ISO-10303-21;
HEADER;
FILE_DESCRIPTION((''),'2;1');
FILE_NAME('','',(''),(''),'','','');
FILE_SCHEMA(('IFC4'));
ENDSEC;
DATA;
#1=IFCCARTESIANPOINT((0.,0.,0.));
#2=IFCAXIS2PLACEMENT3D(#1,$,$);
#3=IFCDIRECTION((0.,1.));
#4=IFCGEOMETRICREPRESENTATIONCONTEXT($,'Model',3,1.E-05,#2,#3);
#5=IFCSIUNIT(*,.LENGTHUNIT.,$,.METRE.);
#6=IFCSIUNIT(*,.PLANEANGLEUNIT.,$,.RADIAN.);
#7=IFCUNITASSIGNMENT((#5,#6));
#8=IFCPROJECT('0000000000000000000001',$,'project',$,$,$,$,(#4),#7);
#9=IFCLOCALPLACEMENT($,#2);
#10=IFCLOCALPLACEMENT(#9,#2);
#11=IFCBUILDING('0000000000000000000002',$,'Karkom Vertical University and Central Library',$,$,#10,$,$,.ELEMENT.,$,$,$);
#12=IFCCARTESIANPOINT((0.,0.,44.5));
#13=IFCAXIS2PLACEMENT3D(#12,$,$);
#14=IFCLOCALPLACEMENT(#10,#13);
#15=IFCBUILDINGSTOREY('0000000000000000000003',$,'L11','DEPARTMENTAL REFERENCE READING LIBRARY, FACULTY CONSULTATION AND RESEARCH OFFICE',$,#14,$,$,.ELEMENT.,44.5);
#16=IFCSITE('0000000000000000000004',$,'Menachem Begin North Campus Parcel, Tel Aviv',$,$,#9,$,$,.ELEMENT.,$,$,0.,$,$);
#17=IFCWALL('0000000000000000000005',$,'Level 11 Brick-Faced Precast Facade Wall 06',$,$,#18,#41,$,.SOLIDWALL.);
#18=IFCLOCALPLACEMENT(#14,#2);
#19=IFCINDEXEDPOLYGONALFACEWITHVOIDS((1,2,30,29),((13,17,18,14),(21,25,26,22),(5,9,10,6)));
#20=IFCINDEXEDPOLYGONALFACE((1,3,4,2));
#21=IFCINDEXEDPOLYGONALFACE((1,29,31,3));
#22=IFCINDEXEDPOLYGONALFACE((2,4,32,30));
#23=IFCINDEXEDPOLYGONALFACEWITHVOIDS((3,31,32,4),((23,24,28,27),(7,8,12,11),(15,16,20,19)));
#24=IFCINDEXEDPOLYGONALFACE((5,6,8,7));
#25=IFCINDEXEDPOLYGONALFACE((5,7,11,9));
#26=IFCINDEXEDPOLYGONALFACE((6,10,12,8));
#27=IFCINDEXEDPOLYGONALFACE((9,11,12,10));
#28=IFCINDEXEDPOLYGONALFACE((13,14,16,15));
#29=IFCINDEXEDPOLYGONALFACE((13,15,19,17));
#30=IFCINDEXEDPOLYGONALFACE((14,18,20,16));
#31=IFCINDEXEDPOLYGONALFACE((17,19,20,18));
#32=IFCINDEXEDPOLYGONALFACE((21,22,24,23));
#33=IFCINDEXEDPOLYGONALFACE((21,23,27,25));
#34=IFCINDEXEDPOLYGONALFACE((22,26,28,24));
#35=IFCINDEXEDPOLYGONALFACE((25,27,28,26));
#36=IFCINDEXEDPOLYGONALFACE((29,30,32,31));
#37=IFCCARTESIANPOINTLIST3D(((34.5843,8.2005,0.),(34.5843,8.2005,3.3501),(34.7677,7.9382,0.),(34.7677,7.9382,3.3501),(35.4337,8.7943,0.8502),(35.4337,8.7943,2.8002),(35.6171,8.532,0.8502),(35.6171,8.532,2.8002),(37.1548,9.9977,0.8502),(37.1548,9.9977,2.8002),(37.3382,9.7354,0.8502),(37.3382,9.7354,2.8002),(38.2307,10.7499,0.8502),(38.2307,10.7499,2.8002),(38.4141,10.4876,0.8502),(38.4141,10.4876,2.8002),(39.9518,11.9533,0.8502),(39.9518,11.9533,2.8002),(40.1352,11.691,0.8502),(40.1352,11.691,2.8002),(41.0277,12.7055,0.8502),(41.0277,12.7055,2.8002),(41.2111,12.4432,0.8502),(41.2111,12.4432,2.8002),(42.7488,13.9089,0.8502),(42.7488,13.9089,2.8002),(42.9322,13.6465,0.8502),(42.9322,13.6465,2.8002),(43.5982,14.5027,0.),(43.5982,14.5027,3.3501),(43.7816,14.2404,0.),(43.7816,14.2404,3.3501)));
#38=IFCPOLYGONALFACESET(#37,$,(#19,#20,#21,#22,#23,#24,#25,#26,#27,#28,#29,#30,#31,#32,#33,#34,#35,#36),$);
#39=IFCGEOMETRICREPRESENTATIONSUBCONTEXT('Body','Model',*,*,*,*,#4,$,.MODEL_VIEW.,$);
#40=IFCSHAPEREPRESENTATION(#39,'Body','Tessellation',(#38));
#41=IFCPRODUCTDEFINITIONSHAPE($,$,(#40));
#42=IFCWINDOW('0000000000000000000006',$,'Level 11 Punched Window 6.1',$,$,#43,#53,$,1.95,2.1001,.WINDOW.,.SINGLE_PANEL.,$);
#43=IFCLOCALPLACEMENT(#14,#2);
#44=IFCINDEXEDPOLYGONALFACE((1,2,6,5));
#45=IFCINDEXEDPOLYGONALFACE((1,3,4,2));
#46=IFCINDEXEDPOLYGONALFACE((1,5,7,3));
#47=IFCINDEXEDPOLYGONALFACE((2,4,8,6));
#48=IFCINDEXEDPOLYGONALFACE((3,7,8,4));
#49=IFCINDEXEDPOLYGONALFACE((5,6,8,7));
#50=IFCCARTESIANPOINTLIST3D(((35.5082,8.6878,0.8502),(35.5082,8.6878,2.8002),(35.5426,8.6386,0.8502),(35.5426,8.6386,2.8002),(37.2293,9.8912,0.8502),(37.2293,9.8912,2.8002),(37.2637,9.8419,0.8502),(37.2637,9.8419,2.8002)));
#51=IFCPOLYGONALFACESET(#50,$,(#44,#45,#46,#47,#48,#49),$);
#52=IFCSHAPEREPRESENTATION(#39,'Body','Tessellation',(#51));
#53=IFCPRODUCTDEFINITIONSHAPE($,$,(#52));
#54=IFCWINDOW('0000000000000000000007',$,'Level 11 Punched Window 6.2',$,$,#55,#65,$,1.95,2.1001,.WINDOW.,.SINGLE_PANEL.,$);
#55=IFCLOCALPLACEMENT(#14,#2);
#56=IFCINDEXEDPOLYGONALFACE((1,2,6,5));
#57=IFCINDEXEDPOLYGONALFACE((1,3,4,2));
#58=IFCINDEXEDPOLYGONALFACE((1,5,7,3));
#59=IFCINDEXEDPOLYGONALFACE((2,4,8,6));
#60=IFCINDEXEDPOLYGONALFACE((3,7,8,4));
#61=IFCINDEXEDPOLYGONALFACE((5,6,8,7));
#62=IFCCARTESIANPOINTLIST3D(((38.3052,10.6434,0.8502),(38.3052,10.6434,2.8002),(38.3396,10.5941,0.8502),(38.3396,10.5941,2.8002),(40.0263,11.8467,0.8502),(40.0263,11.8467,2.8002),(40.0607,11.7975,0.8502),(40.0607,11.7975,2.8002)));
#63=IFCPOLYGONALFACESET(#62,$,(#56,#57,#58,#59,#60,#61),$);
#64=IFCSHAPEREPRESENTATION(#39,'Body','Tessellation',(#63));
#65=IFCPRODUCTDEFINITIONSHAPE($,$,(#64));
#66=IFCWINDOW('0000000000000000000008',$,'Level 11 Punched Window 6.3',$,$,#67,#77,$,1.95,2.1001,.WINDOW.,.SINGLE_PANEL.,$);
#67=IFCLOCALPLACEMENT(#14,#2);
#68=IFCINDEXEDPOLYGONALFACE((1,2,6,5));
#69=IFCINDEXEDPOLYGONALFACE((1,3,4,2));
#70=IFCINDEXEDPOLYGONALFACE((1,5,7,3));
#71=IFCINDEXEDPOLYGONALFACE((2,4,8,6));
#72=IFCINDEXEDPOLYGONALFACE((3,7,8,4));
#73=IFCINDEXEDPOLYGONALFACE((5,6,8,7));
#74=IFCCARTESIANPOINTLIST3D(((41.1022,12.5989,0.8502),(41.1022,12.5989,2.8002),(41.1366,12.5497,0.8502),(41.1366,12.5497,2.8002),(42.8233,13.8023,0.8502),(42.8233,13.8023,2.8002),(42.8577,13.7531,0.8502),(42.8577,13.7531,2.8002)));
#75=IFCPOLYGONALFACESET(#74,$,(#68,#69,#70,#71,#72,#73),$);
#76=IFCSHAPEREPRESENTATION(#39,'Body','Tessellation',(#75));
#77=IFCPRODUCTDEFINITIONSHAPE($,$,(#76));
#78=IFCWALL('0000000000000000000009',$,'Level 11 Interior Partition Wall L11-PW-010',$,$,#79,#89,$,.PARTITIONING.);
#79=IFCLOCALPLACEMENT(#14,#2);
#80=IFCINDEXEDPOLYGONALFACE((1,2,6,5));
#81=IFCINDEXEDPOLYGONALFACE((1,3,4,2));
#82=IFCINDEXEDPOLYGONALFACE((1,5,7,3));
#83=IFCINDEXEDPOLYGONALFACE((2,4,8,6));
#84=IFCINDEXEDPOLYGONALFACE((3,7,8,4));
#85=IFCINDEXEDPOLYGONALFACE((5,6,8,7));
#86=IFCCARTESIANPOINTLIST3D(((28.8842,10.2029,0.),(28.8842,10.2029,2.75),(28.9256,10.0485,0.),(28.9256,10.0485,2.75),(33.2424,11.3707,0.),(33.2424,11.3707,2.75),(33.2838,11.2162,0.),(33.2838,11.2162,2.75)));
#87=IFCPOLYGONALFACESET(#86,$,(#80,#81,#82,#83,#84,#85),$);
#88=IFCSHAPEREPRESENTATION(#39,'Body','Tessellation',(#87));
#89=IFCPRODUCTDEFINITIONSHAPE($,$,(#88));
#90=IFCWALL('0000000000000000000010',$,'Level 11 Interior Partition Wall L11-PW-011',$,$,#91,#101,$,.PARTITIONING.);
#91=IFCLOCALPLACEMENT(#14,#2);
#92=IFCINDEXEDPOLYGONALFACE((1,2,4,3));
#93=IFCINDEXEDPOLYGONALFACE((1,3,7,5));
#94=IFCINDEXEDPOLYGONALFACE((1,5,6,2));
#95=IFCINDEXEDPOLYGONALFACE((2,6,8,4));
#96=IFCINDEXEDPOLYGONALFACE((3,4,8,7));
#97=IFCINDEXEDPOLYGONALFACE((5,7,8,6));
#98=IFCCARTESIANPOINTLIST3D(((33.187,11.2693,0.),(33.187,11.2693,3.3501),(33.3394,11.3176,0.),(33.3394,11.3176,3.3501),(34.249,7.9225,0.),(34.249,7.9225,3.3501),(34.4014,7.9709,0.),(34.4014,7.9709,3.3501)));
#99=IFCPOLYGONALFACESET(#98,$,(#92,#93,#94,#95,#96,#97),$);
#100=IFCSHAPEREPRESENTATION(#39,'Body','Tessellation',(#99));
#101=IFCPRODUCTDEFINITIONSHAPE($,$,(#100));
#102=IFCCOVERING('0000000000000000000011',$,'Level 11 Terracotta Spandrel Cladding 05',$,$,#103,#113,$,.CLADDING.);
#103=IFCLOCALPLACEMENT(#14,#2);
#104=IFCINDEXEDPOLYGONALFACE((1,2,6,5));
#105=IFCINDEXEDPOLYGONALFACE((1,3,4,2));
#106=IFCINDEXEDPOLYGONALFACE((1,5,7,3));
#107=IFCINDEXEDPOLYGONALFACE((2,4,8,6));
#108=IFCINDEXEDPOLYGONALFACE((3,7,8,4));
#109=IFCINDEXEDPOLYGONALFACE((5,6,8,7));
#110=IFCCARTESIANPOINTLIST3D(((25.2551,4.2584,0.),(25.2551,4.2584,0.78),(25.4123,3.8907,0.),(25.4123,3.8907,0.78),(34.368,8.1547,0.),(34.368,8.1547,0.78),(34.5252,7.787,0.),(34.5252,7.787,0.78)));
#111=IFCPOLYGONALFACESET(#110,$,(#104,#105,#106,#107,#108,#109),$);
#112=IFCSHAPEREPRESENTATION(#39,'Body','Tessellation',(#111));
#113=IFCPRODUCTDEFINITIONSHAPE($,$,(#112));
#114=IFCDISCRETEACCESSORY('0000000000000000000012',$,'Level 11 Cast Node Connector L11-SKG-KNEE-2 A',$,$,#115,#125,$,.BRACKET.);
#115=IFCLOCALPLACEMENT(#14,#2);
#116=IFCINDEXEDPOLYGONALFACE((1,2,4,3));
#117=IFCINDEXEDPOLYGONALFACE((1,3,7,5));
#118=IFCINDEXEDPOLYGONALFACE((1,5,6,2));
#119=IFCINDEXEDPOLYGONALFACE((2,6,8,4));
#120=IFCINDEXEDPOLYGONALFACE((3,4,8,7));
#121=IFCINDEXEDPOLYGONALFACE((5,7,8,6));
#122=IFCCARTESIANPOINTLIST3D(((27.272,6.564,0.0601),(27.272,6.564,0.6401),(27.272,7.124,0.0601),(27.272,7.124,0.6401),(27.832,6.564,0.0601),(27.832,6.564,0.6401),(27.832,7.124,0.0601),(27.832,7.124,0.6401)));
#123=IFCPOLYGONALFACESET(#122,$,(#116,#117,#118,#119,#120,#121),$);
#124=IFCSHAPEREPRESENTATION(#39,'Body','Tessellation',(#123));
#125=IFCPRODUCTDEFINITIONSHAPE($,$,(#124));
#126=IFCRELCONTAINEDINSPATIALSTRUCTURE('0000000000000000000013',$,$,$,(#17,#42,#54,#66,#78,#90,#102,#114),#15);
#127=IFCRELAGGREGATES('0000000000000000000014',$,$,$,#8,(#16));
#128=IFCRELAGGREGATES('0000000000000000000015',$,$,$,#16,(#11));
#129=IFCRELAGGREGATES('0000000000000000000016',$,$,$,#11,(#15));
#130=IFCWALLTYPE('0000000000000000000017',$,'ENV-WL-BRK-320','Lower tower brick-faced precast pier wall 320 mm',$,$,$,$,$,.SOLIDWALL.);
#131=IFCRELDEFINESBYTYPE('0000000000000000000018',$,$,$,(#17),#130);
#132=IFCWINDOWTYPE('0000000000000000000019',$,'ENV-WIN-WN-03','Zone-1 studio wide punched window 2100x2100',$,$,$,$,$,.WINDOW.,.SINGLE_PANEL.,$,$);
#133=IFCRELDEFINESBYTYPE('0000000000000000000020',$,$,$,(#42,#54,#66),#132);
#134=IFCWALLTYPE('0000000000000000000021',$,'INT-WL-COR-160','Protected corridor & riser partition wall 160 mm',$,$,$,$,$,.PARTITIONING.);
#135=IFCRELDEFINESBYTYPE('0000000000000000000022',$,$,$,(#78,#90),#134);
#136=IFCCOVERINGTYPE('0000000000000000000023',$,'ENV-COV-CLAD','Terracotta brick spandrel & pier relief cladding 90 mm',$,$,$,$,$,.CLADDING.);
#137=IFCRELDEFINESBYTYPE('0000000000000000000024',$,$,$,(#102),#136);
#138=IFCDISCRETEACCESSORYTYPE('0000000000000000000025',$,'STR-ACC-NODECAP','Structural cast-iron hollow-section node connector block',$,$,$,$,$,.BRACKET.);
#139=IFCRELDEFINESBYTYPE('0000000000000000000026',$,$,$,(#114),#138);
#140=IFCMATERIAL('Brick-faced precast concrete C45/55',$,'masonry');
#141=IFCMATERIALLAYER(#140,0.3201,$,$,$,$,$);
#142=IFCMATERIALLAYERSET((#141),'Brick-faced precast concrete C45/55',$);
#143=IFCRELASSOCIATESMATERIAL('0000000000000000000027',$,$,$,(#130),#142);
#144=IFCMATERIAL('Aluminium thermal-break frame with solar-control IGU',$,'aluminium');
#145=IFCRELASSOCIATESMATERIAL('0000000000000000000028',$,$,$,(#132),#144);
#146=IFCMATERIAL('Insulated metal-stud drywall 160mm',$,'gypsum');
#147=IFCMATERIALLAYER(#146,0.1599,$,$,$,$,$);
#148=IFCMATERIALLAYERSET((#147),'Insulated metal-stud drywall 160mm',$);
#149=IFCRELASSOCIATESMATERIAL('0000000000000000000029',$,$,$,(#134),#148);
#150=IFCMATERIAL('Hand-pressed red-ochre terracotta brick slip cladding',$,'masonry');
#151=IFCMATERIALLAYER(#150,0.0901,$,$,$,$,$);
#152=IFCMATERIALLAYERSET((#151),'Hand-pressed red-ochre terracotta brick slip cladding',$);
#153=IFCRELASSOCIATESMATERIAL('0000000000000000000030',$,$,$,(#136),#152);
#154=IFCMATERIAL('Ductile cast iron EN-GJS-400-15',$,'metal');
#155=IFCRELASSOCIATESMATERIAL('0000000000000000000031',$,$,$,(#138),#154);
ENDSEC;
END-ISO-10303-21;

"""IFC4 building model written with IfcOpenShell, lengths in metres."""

from ifc_helpers import new_model, si_unit, direction, frame, frame_2d, origin, origin_with_axes, origin_2d, place, context, subcontext, project, spatial, rectangle, extrude, source, transform, mapped, material, layer, layer_set, type_object, element, fill, save


model = new_model("IFC4")

# Units and contexts
model_context = context("Model", 3, precision=1e-05, world=origin(), true_north=direction((0.0, 1.0)))
body_context = subcontext(model_context, "Body", "Model", "MODEL_VIEW")
ifc_project = project(units=[si_unit("LENGTHUNIT", "METRE"), si_unit("PLANEANGLEUNIT", "RADIAN")], contexts=[model_context])

# Site, building, storey
site_placement = place(None, origin())
site = spatial("IfcSite", under=ifc_project, at=site_placement, Name="Menachem Begin North Campus Parcel, Tel Aviv", CompositionType="ELEMENT", RefElevation=0.0)
building_placement = place(site_placement, origin())
building = spatial("IfcBuilding", under=site, at=building_placement, Name="Karkom Vertical University and Central Library", CompositionType="ELEMENT")
storey_placement = place(building_placement, frame((0.0, 0.0, 44.5)))
storey = spatial("IfcBuildingStorey", under=building, at=storey_placement, Name="L11", Description="DEPARTMENTAL REFERENCE READING LIBRARY, FACULTY CONSULTATION AND RESEARCH OFFICE", CompositionType="ELEMENT", Elevation=44.5)

# Wall, openings, windows
ifc_material_1 = material(Name="Brick-faced precast concrete C45/55", Category="masonry")
ifc_layer_1 = layer(ifc_material_1, 0.3201)
ifc_layer_set_1 = layer_set([ifc_layer_1], Name="Brick-faced precast concrete C45/55")
wall_type_1 = type_object("IfcWallType", Name="ENV-WL-BRK-320", Description="Lower tower brick-faced precast pier wall 320 mm", PredefinedType="SOLIDWALL", material=ifc_layer_set_1)
wall_1_placement = place(storey_placement, frame((34.676, 8.0693, 0.0), z_axis=(0.0, 0.0, 1.0), x_axis=(0.819552, 0.573005, 0.0)))
wall_1 = element("IfcWall", 1, at=wall_1_placement, inside=storey, type_object=wall_type_1, Name="Level 11 Brick-Faced Precast Facade Wall 06", PredefinedType="SOLIDWALL", context=body_context, shape_type="SweptSolid", body=[
    extrude(rectangle(XDim=10.9985, YDim=0.3201, at=frame_2d((5.4993, 0.0))), origin(), (0.0, 0.0, 1.0), 3.3501),
])
opening_1_placement = place(wall_1_placement, frame((1.0364, 0.0, 0.8501)))
opening_1 = element("IfcOpeningElement", 2, at=opening_1_placement, cuts=wall_1, PredefinedType="OPENING", context=body_context, shape_type="SweptSolid", body=[
    extrude(rectangle(XDim=2.1001, YDim=1.95, at=frame_2d((1.05, 0.9751))), frame((0.0, 0.1699, 0.0), z_axis=(0.0, -1.0, 0.0), x_axis=(1.0, 0.0, 0.0)), (0.0, 0.0, 1.0), 0.3401),
])
opening_2_placement = place(wall_1_placement, frame((4.4492, 0.0, 0.8501)))
opening_2 = element("IfcOpeningElement", 3, at=opening_2_placement, cuts=wall_1, PredefinedType="OPENING", context=body_context, shape_type="SweptSolid", body=[
    extrude(rectangle(XDim=2.1001, YDim=1.95, at=frame_2d((1.05, 0.9751))), frame((0.0, 0.1699, 0.0), z_axis=(0.0, -1.0, 0.0), x_axis=(1.0, 0.0, 0.0)), (0.0, 0.0, 1.0), 0.3401),
])
opening_3_placement = place(wall_1_placement, frame((7.8621, 0.0, 0.8501)))
opening_3 = element("IfcOpeningElement", 4, at=opening_3_placement, cuts=wall_1, PredefinedType="OPENING", context=body_context, shape_type="SweptSolid", body=[
    extrude(rectangle(XDim=2.1001, YDim=1.95, at=frame_2d((1.05, 0.9751))), frame((0.0, 0.1699, 0.0), z_axis=(0.0, -1.0, 0.0), x_axis=(1.0, 0.0, 0.0)), (0.0, 0.0, 1.0), 0.3401),
])
ifc_material_2 = material(Name="Aluminium thermal-break frame with solar-control IGU", Category="aluminium")
window_type = type_object("IfcWindowType", Name="ENV-WIN-WN-03", Description="Zone-1 studio wide punched window 2100x2100", PartitioningType="SINGLE_PANEL", PredefinedType="WINDOW", material=ifc_material_2)
shared_shape_1 = source(origin_with_axes(), body_context, "Body", "SweptSolid", [
    extrude(rectangle(XDim=2.1001, YDim=1.95, at=frame_2d((1.05, 0.9751))), frame((0.0, 0.03, 0.0), z_axis=(0.0, -1.0, 0.0), x_axis=(1.0, 0.0, 0.0)), (0.0, 0.0, 1.0), 0.0601),
])
window_1_placement = place(opening_1_placement, origin())
window_1 = element("IfcWindow", 5, at=window_1_placement, inside=storey, type_object=window_type, Name="Level 11 Punched Window 6.1", OverallHeight=1.95, OverallWidth=2.1001, PartitioningType="SINGLE_PANEL", PredefinedType="WINDOW", context=body_context, shape_type="MappedRepresentation", body=[
    mapped(shared_shape_1, transform((0.0, 0.0, 0.0), scale=1.0)),
])
fill(opening_1, window_1)
window_2_placement = place(opening_2_placement, origin())
window_2 = element("IfcWindow", 6, at=window_2_placement, inside=storey, type_object=window_type, Name="Level 11 Punched Window 6.2", OverallHeight=1.95, OverallWidth=2.1001, PartitioningType="SINGLE_PANEL", PredefinedType="WINDOW", context=body_context, shape_type="MappedRepresentation", body=[
    mapped(shared_shape_1, transform((0.0, 0.0, 0.0), scale=1.0)),
])
fill(opening_2, window_2)
window_3_placement = place(opening_3_placement, origin())
window_3 = element("IfcWindow", 7, at=window_3_placement, inside=storey, type_object=window_type, Name="Level 11 Punched Window 6.3", OverallHeight=1.95, OverallWidth=2.1001, PartitioningType="SINGLE_PANEL", PredefinedType="WINDOW", context=body_context, shape_type="MappedRepresentation", body=[
    mapped(shared_shape_1, transform((0.0, 0.0, 0.0), scale=1.0)),
])
fill(opening_3, window_3)

# Walls
ifc_material_3 = material(Name="Insulated metal-stud drywall 160mm", Category="gypsum")
ifc_layer_2 = layer(ifc_material_3, 0.1599)
ifc_layer_set_2 = layer_set([ifc_layer_2], Name="Insulated metal-stud drywall 160mm")
wall_type_2 = type_object("IfcWallType", Name="INT-WL-COR-160", Description="Protected corridor & riser partition wall 160 mm", PredefinedType="PARTITIONING", material=ifc_layer_set_2)
wall_2_placement = place(storey_placement, frame((28.905, 10.1257, 0.0), z_axis=(0.0, 0.0, 1.0), x_axis=(0.965928, 0.258811, 0.0)))
element("IfcWall", 8, at=wall_2_placement, inside=storey, type_object=wall_type_2, Name="Level 11 Interior Partition Wall L11-PW-010", PredefinedType="PARTITIONING", context=body_context, shape_type="SweptSolid", body=[
    extrude(rectangle(XDim=4.512, YDim=0.1599, at=frame_2d((2.2559, 0.0))), origin(), (0.0, 0.0, 1.0), 2.75),
])
wall_3_placement = place(storey_placement, frame((33.2632, 11.2935, 0.0), z_axis=(0.0, 0.0, 1.0), x_axis=(0.302469, -0.953159, 0.0)))
element("IfcWall", 9, at=wall_3_placement, inside=storey, type_object=wall_type_2, Name="Level 11 Interior Partition Wall L11-PW-011", PredefinedType="PARTITIONING", context=body_context, shape_type="SweptSolid", body=[
    extrude(rectangle(XDim=3.5112, YDim=0.1599, at=frame_2d((1.7556, 0.0))), origin(), (0.0, 0.0, 1.0), 3.3501),
])

# Covering
ifc_material_4 = material(Name="Hand-pressed red-ochre terracotta brick slip cladding", Category="masonry")
ifc_layer_3 = layer(ifc_material_4, 0.0901)
ifc_layer_set_3 = layer_set([ifc_layer_3], Name="Hand-pressed red-ochre terracotta brick slip cladding")
covering_type = type_object("IfcCoveringType", Name="ENV-COV-CLAD", Description="Terracotta brick spandrel & pier relief cladding 90 mm", PredefinedType="CLADDING", material=ifc_layer_set_3)
shared_shape_2 = source(origin_with_axes(), body_context, "Body", "SweptSolid", [
    extrude(rectangle(XDim=9.9109, YDim=0.3999, at=origin_2d()), origin(), (0.0, 0.0, 1.0), 0.78),
])
covering_placement = place(storey_placement, frame((29.8901, 6.0227, 0.0), z_axis=(0.0, 0.0, 1.0), x_axis=(0.919479, 0.39314, 0.0)))
element("IfcCovering", 10, at=covering_placement, inside=storey, type_object=covering_type, Name="Level 11 Terracotta Spandrel Cladding 05", PredefinedType="CLADDING", context=body_context, shape_type="MappedRepresentation", body=[
    mapped(shared_shape_2, transform((0.0, 0.0, 0.0), scale=1.0)),
])

# Discrete accessory
ifc_material_5 = material(Name="Ductile cast iron EN-GJS-400-15", Category="metal")
discrete_accessory_type = type_object("IfcDiscreteAccessoryType", Name="STR-ACC-NODECAP", Description="Structural cast-iron hollow-section node connector block", PredefinedType="BRACKET", material=ifc_material_5)
shared_shape_3 = source(origin_with_axes(), body_context, "Body", "SweptSolid", [
    extrude(rectangle(XDim=0.5601, YDim=0.5601, at=origin_2d()), origin(), (0.0, 0.0, 1.0), 0.5801),
])
discrete_accessory_placement = place(storey_placement, frame((27.552, 6.844, 0.0601), z_axis=(0.0, 0.0, 1.0), x_axis=(1.0, 0.0, 0.0)))
element("IfcDiscreteAccessory", 11, at=discrete_accessory_placement, inside=storey, type_object=discrete_accessory_type, Name="Level 11 Cast Node Connector L11-SKG-KNEE-2 A", PredefinedType="BRACKET", context=body_context, shape_type="MappedRepresentation", body=[
    mapped(shared_shape_3, transform((0.0, 0.0, 0.0), scale=1.0)),
])

save(model, "model.ifc")
